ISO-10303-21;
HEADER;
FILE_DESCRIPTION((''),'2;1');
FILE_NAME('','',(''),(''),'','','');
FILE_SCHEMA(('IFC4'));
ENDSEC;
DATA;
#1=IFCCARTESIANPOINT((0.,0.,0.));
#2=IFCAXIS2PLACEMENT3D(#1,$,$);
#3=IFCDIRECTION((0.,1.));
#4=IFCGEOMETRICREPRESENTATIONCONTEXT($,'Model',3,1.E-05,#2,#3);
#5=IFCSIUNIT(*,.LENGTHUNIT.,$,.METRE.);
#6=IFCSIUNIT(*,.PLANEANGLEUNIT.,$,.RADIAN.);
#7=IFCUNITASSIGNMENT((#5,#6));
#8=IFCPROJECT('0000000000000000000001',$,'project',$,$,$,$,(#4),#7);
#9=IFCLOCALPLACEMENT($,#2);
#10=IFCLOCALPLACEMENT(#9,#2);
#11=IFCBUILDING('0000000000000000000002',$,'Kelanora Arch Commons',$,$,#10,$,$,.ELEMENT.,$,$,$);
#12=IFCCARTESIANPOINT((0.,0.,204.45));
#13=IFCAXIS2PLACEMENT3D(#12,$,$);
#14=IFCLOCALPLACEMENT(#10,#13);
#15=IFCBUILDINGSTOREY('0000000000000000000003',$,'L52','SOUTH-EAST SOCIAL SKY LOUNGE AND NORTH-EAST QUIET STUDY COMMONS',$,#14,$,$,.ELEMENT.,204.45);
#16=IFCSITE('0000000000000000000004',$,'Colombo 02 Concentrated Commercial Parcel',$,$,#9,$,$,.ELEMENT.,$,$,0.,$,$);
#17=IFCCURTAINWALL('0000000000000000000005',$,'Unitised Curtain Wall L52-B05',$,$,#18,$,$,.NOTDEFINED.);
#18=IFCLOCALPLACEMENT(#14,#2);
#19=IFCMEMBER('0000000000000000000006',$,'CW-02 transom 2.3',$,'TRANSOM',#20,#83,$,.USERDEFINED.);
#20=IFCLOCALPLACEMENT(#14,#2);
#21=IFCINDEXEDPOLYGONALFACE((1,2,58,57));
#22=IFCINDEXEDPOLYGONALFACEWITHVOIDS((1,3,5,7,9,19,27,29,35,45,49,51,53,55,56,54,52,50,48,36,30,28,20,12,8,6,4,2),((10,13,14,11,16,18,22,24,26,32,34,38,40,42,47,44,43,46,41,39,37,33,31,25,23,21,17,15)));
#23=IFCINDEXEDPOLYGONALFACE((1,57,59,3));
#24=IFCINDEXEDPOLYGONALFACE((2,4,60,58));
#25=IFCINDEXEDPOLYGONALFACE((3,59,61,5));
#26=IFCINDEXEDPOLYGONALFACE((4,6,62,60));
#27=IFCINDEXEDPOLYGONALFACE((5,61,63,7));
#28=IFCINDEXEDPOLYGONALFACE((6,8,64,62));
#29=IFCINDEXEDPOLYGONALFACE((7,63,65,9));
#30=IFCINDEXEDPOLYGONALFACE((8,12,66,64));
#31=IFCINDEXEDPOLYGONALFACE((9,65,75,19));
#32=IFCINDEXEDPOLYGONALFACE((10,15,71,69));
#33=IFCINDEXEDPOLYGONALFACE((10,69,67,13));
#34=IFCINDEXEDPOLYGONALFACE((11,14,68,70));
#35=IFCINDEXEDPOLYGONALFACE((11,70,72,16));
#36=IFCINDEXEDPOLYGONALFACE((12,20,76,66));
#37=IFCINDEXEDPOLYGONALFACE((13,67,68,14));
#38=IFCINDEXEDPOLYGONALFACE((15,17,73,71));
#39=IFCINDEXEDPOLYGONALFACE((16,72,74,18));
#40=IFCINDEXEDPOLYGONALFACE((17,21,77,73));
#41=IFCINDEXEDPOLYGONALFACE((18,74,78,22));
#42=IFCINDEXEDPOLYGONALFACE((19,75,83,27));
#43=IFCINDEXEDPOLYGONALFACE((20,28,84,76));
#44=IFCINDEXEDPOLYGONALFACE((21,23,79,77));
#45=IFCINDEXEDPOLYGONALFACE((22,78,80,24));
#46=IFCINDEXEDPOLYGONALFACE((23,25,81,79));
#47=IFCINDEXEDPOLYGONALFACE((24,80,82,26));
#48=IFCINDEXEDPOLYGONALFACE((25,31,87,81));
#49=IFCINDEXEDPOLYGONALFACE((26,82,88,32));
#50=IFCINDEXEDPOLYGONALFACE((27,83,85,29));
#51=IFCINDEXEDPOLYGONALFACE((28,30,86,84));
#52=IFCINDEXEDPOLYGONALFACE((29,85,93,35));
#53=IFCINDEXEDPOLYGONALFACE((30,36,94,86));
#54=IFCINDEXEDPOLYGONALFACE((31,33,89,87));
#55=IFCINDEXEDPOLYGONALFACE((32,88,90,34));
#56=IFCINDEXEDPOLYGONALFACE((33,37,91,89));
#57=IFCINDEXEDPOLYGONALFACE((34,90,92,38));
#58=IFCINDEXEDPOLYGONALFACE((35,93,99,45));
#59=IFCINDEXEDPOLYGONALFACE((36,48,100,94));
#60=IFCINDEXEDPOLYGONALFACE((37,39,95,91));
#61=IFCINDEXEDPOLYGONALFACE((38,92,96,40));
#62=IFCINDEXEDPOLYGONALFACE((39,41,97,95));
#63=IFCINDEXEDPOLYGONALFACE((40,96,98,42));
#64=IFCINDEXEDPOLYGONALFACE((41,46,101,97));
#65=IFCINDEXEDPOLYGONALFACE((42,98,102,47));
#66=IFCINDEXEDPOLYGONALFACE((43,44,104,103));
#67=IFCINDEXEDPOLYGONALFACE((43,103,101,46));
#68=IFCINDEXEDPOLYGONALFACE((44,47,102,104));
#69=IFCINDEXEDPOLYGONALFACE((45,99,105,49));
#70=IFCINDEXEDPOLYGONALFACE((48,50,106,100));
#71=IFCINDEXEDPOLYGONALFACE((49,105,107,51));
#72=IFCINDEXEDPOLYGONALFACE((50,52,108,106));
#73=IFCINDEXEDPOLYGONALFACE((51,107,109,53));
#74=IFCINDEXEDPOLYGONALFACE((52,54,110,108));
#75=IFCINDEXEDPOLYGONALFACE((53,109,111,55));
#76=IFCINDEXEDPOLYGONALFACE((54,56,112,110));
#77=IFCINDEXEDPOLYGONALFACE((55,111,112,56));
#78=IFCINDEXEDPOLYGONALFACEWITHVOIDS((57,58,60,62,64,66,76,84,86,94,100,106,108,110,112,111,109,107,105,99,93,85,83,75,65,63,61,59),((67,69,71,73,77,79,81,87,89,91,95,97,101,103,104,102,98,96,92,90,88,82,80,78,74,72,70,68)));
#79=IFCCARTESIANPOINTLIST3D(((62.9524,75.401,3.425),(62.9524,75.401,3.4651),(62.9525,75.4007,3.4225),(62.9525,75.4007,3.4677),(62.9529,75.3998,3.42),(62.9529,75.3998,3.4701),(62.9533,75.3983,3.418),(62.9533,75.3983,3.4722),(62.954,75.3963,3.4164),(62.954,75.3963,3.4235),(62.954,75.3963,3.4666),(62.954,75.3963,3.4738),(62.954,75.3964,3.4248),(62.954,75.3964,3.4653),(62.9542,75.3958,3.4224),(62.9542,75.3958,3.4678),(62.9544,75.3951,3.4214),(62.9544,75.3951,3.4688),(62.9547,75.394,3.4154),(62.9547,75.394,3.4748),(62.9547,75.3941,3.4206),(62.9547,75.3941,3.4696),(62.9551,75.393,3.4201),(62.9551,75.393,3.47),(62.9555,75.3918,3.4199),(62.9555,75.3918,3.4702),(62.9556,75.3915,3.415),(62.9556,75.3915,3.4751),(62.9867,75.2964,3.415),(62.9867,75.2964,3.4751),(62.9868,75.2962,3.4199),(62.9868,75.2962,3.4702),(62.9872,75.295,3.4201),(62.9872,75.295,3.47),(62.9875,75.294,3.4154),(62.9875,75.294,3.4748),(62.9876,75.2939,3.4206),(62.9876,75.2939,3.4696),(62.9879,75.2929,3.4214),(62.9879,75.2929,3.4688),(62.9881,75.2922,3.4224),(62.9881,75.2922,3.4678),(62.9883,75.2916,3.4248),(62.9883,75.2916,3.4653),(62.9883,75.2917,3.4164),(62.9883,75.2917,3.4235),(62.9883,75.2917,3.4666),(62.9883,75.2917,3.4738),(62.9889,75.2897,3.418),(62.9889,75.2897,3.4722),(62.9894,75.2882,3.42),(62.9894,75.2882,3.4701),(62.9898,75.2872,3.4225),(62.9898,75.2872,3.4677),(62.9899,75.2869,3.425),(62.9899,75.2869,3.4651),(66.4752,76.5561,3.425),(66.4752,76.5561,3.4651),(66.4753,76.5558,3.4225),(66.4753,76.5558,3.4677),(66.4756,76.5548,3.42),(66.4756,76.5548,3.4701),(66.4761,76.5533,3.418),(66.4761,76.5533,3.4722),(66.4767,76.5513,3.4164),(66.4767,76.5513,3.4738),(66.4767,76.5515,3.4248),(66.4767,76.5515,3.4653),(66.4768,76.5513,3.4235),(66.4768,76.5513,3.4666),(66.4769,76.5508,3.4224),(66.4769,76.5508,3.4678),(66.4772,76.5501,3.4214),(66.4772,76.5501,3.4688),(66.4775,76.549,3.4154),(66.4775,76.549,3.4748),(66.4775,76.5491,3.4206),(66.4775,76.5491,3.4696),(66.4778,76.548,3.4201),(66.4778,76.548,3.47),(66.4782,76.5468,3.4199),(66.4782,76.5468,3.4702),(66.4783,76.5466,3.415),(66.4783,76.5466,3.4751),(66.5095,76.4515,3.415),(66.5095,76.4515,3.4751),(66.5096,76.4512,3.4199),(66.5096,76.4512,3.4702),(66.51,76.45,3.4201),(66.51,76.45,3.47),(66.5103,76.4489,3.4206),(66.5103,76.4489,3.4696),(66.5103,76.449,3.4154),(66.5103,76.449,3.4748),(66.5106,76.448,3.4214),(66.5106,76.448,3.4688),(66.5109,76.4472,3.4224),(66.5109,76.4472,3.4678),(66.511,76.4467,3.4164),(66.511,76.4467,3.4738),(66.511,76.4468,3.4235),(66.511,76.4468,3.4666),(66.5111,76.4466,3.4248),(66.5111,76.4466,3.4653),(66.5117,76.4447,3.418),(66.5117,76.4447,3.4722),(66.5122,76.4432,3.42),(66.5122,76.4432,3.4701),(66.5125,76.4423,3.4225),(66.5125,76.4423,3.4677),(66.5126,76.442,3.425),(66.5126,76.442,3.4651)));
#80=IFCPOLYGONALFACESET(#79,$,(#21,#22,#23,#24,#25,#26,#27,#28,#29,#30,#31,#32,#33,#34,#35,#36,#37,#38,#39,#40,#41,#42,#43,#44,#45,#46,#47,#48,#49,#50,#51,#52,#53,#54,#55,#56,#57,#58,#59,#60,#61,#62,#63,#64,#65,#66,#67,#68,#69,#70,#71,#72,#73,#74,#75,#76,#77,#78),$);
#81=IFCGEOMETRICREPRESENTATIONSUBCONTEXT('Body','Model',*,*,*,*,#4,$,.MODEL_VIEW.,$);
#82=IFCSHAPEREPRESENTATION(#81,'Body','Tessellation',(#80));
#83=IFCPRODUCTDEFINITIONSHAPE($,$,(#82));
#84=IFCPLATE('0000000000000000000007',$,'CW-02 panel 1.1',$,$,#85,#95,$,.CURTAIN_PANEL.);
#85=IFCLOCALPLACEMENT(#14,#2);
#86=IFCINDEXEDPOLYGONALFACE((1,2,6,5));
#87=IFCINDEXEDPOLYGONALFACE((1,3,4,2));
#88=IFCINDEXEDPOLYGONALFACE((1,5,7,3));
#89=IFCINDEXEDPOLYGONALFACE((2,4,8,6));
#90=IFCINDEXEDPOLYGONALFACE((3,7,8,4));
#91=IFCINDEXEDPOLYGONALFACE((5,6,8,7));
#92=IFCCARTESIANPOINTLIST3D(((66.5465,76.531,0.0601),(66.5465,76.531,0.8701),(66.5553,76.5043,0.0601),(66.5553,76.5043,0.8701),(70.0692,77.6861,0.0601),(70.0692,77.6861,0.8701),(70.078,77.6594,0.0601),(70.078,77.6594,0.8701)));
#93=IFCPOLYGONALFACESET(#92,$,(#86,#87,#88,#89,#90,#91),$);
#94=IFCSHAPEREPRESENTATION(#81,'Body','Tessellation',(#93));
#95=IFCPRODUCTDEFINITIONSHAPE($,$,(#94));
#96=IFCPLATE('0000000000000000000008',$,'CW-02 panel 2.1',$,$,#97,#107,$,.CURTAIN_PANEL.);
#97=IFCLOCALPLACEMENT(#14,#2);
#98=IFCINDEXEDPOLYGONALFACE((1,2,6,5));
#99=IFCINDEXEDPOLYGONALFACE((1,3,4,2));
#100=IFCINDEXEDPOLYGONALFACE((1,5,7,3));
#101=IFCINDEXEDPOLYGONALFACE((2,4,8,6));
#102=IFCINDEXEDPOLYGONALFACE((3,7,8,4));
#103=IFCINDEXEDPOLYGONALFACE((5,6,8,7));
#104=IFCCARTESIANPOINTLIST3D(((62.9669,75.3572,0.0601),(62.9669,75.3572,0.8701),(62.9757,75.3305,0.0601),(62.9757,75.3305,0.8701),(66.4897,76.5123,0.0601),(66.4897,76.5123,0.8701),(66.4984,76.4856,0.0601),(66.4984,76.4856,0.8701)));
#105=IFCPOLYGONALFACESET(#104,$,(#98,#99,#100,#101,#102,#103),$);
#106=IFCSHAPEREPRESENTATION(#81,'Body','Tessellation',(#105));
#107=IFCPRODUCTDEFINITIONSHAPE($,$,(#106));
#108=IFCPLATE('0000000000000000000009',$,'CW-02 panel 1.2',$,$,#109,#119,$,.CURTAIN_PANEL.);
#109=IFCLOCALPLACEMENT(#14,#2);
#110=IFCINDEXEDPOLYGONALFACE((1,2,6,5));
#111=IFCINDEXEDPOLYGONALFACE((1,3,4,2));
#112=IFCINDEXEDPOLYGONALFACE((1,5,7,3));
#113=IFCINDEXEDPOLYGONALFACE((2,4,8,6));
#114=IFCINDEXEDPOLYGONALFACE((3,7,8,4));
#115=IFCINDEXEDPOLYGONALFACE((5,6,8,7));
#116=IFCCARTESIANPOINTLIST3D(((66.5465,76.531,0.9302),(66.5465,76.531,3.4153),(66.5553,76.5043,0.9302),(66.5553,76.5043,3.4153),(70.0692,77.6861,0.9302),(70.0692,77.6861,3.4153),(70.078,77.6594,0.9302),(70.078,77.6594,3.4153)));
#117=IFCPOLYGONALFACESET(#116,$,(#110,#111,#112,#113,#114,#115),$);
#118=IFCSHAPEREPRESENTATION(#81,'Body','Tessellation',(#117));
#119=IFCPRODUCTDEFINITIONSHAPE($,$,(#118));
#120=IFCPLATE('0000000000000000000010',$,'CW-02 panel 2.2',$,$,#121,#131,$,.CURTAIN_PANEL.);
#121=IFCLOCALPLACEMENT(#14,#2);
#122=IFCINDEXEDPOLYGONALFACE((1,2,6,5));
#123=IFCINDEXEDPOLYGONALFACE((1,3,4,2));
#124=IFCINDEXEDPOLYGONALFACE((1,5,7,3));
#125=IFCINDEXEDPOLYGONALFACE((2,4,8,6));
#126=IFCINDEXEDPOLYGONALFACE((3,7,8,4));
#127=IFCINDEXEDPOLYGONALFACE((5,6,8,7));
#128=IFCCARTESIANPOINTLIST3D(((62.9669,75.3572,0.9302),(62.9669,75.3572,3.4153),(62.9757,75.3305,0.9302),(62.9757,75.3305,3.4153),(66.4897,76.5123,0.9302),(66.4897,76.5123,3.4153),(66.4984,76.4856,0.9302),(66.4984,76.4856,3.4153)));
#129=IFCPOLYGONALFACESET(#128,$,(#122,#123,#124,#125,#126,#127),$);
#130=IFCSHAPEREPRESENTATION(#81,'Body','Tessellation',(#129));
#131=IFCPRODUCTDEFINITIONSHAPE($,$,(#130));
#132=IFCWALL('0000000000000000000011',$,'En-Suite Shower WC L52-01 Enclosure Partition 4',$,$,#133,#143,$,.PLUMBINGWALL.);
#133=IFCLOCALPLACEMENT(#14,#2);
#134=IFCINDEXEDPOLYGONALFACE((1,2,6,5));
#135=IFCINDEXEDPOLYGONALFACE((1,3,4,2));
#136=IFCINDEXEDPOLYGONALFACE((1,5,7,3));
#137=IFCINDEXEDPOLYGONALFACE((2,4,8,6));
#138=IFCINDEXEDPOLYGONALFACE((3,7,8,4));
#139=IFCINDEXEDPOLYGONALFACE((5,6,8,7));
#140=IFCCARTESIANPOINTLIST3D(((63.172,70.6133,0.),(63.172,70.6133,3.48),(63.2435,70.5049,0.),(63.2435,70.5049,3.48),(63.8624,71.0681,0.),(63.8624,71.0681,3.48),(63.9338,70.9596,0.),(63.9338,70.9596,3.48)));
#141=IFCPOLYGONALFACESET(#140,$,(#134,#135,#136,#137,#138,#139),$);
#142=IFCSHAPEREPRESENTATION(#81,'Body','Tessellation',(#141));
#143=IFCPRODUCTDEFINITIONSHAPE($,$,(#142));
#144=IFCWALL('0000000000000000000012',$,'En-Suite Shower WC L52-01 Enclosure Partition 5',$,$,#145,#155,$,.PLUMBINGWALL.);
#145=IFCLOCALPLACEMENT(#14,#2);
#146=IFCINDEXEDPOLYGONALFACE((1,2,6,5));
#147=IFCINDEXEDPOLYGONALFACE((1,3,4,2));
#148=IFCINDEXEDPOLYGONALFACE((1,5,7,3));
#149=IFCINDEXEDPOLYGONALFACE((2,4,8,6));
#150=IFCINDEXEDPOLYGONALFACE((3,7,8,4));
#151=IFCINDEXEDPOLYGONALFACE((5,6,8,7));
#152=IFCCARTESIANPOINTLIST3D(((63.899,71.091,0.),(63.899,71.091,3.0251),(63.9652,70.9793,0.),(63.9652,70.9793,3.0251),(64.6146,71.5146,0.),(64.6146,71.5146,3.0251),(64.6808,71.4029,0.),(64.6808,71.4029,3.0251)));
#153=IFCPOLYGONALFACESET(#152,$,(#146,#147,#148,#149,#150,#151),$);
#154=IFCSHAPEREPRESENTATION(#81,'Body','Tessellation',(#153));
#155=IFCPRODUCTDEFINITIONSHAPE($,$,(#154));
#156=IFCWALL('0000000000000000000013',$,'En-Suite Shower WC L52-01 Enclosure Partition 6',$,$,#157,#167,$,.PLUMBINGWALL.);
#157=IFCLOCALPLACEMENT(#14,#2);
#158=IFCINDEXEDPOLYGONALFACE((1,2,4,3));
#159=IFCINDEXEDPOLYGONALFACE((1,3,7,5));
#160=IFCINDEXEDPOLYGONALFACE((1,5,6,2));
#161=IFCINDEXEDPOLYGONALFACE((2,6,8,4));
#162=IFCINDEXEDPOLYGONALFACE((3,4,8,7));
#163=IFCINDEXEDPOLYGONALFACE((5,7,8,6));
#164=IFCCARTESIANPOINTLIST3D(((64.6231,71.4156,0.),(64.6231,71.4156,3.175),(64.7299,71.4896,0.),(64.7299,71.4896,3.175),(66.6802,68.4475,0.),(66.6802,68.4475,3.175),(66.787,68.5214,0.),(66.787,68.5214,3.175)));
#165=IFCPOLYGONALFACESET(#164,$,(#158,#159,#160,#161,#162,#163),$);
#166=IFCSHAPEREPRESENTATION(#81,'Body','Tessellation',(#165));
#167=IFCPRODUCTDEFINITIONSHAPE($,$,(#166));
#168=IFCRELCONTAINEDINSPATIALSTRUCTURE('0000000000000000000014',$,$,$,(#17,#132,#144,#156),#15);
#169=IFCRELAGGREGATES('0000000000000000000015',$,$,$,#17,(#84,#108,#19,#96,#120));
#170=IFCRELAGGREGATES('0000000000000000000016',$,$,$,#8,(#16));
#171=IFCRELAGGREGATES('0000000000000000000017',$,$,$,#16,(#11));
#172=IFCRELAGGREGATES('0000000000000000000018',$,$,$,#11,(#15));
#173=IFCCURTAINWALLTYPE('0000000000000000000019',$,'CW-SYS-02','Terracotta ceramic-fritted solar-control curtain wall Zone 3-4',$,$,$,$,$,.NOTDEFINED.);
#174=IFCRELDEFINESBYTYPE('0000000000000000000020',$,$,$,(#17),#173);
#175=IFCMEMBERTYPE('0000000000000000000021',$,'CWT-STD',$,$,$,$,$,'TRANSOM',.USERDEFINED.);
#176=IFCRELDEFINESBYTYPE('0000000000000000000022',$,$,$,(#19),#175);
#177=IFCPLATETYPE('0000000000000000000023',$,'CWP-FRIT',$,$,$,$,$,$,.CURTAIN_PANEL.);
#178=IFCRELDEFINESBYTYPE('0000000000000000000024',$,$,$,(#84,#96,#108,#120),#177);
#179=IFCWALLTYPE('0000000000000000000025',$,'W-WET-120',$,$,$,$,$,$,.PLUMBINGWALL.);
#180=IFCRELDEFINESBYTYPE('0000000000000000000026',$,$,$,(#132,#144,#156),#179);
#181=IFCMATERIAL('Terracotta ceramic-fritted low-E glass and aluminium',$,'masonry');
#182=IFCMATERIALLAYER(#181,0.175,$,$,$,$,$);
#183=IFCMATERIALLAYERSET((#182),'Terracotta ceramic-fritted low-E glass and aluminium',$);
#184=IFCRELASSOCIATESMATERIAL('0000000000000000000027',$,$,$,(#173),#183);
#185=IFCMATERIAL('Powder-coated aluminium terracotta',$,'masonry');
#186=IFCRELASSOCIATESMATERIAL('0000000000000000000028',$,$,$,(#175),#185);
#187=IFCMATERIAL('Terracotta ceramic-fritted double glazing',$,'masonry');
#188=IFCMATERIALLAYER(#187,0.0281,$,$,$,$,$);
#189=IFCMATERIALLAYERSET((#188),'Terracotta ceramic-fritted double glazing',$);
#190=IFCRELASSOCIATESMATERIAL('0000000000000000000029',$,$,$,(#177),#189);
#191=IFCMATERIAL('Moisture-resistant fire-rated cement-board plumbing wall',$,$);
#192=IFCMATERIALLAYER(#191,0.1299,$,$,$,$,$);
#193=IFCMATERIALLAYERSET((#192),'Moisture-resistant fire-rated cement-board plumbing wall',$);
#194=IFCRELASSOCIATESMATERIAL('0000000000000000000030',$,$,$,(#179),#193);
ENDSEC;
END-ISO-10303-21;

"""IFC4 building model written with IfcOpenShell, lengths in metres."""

from ifc_helpers import new_model, si_unit, direction, frame, frame_2d, origin, origin_2d, place, context, subcontext, project, spatial, rectangle, hollow_rectangle, extrude, source, transform, mapped, material, layer, layer_set, material_profile, profile_set, type_object, element, aggregate, save


model = new_model("IFC4")

# Units and contexts
model_context = context("Model", 3, precision=1e-05, world=origin(), true_north=direction((0.0, 1.0)))
body_context = subcontext(model_context, "Body", "Model", "MODEL_VIEW")
ifc_project = project(units=[si_unit("LENGTHUNIT", "METRE"), si_unit("PLANEANGLEUNIT", "RADIAN")], contexts=[model_context])

# Site, building, storey
site_placement = place(None, origin())
site = spatial("IfcSite", under=ifc_project, at=site_placement, Name="Colombo 02 Concentrated Commercial Parcel", CompositionType="ELEMENT", RefElevation=0.0)
building_placement = place(site_placement, origin())
building = spatial("IfcBuilding", under=site, at=building_placement, Name="Kelanora Arch Commons", CompositionType="ELEMENT")
storey_placement = place(building_placement, frame((0.0, 0.0, 204.45)))
storey = spatial("IfcBuildingStorey", under=building, at=storey_placement, Name="L52", Description="SOUTH-EAST SOCIAL SKY LOUNGE AND NORTH-EAST QUIET STUDY COMMONS", CompositionType="ELEMENT", Elevation=204.45)

# Curtain wall, member, plates
ifc_material_1 = material(Name="Terracotta ceramic-fritted low-E glass and aluminium", Category="masonry")
ifc_layer_1 = layer(ifc_material_1, 0.175)
ifc_layer_set_1 = layer_set([ifc_layer_1], Name="Terracotta ceramic-fritted low-E glass and aluminium")
curtain_wall_type = type_object("IfcCurtainWallType", Name="CW-SYS-02", Description="Terracotta ceramic-fritted solar-control curtain wall Zone 3-4", PredefinedType="NOTDEFINED", material=ifc_layer_set_1)
curtain_wall_placement = place(storey_placement, origin())
curtain_wall = element("IfcCurtainWall", 1, at=curtain_wall_placement, inside=storey, type_object=curtain_wall_type, Name="Unitised Curtain Wall L52-B05", PredefinedType="NOTDEFINED")
ifc_material_2 = material(Name="Powder-coated aluminium terracotta", Category="masonry")
ifc_material_profile_1 = material_profile(ifc_material_2, hollow_rectangle(XDim=0.1201, YDim=0.0601, WallThickness=0.0049, InnerFilletRadius=0.0049, OuterFilletRadius=0.01, at=origin_2d()), Name="CWT120x60")
ifc_profile_set_1 = profile_set([ifc_material_profile_1], Name="Powder-coated aluminium terracotta")
member_type_1 = type_object("IfcMemberType", Name="CWT-STD", ElementType="TRANSOM", PredefinedType="USERDEFINED", material=ifc_profile_set_1)
member_1_placement = place(storey_placement, frame((66.4939, 76.499, 3.4451), z_axis=(-0.950226, -0.311561, 0.0), x_axis=(0.311561, -0.950226, 0.0)))
member_1 = element("IfcMember", 2, at=member_1_placement, type_object=member_type_1, Name="CW-02 transom 2.3", ObjectType="TRANSOM", PredefinedType="USERDEFINED", context=body_context, shape_type="SweptSolid", body=[
    extrude(hollow_rectangle(XDim=0.1201, YDim=0.0601, WallThickness=0.0049, InnerFilletRadius=0.0049, OuterFilletRadius=0.01, at=origin_2d()), origin(), (0.0, 0.0, 1.0), 3.7073),
])
ifc_material_3 = material(Name="Terracotta ceramic-fritted double glazing", Category="masonry")
ifc_layer_2 = layer(ifc_material_3, 0.0281)
ifc_layer_set_2 = layer_set([ifc_layer_2], Name="Terracotta ceramic-fritted double glazing")
plate_type = type_object("IfcPlateType", Name="CWP-FRIT", PredefinedType="CURTAIN_PANEL", material=ifc_layer_set_2)
shared_shape_1 = source(origin(), body_context, "Body", "SweptSolid", [
    extrude(rectangle(XDim=3.7073, YDim=0.0281, at=origin_2d()), origin(), (0.0, 0.0, 1.0), 0.8101),
])
plate_1_placement = place(storey_placement, frame((68.3123, 77.0952, 0.0601), z_axis=(0.0, 0.0, 1.0), x_axis=(-0.950219, -0.311582, 0.0)))
plate_1 = element("IfcPlate", 3, at=plate_1_placement, type_object=plate_type, Name="CW-02 panel 1.1", PredefinedType="CURTAIN_PANEL", context=body_context, shape_type="MappedRepresentation", body=[
    mapped(shared_shape_1, transform((0.0, 0.0, 0.0), scale=1.0)),
])
plate_2_placement = place(storey_placement, frame((64.7327, 75.9214, 0.0601), z_axis=(0.0, 0.0, 1.0), x_axis=(-0.950219, -0.311582, 0.0)))
plate_2 = element("IfcPlate", 4, at=plate_2_placement, type_object=plate_type, Name="CW-02 panel 2.1", PredefinedType="CURTAIN_PANEL", context=body_context, shape_type="MappedRepresentation", body=[
    mapped(shared_shape_1, transform((0.0, 0.0, 0.0), scale=1.0)),
])
shared_shape_2 = source(origin(), body_context, "Body", "SweptSolid", [
    extrude(rectangle(XDim=3.7073, YDim=0.0281, at=origin_2d()), origin(), (0.0, 0.0, 1.0), 2.4851),
])
plate_3_placement = place(storey_placement, frame((68.3123, 77.0952, 0.9302), z_axis=(0.0, 0.0, 1.0), x_axis=(-0.950219, -0.311582, 0.0)))
plate_3 = element("IfcPlate", 5, at=plate_3_placement, type_object=plate_type, Name="CW-02 panel 1.2", PredefinedType="CURTAIN_PANEL", context=body_context, shape_type="MappedRepresentation", body=[
    mapped(shared_shape_2, transform((0.0, 0.0, 0.0), scale=1.0)),
])
plate_4_placement = place(storey_placement, frame((64.7327, 75.9214, 0.9302), z_axis=(0.0, 0.0, 1.0), x_axis=(-0.950219, -0.311582, 0.0)))
plate_4 = element("IfcPlate", 6, at=plate_4_placement, type_object=plate_type, Name="CW-02 panel 2.2", PredefinedType="CURTAIN_PANEL", context=body_context, shape_type="MappedRepresentation", body=[
    mapped(shared_shape_2, transform((0.0, 0.0, 0.0), scale=1.0)),
])
aggregate(curtain_wall, [plate_1, plate_3, member_1, plate_2, plate_4])

# Walls
ifc_material_4 = material(Name="Moisture-resistant fire-rated cement-board plumbing wall")
ifc_layer_3 = layer(ifc_material_4, 0.1299)
ifc_layer_set_3 = layer_set([ifc_layer_3], Name="Moisture-resistant fire-rated cement-board plumbing wall")
wall_type = type_object("IfcWallType", Name="W-WET-120", PredefinedType="PLUMBINGWALL", material=ifc_layer_set_3)
wall_1_placement = place(storey_placement, frame((63.2078, 70.5591, 0.0), z_axis=(0.0, 0.0, 1.0), x_axis=(0.835082, 0.550126, 0.0)))
element("IfcWall", 7, at=wall_1_placement, inside=storey, type_object=wall_type, Name="En-Suite Shower WC L52-01 Enclosure Partition 4", PredefinedType="PLUMBINGWALL", context=body_context, shape_type="SweptSolid", body=[
    extrude(rectangle(XDim=0.8267, YDim=0.1299, at=frame_2d((0.4133, 0.0))), origin(), (0.0, 0.0, 1.0), 3.48),
])
wall_2_placement = place(storey_placement, frame((63.9321, 71.0352, 0.0), z_axis=(0.0, 0.0, 1.0), x_axis=(0.860535, 0.509392, 0.0)))
element("IfcWall", 8, at=wall_2_placement, inside=storey, type_object=wall_type, Name="En-Suite Shower WC L52-01 Enclosure Partition 5", PredefinedType="PLUMBINGWALL", context=body_context, shape_type="SweptSolid", body=[
    extrude(rectangle(XDim=0.8315, YDim=0.1299, at=frame_2d((0.4158, 0.0))), origin(), (0.0, 0.0, 1.0), 3.0251),
])
wall_3_placement = place(storey_placement, frame((64.6765, 71.4526, 0.0), z_axis=(0.0, 0.0, 1.0), x_axis=(0.569618, -0.82191, 0.0)))
element("IfcWall", 9, at=wall_3_placement, inside=storey, type_object=wall_type, Name="En-Suite Shower WC L52-01 Enclosure Partition 6", PredefinedType="PLUMBINGWALL", context=body_context, shape_type="SweptSolid", body=[
    extrude(rectangle(XDim=3.6113, YDim=0.1299, at=frame_2d((1.8057, 0.0))), origin(), (0.0, 0.0, 1.0), 3.175),
])

save(model, "model.ifc")
